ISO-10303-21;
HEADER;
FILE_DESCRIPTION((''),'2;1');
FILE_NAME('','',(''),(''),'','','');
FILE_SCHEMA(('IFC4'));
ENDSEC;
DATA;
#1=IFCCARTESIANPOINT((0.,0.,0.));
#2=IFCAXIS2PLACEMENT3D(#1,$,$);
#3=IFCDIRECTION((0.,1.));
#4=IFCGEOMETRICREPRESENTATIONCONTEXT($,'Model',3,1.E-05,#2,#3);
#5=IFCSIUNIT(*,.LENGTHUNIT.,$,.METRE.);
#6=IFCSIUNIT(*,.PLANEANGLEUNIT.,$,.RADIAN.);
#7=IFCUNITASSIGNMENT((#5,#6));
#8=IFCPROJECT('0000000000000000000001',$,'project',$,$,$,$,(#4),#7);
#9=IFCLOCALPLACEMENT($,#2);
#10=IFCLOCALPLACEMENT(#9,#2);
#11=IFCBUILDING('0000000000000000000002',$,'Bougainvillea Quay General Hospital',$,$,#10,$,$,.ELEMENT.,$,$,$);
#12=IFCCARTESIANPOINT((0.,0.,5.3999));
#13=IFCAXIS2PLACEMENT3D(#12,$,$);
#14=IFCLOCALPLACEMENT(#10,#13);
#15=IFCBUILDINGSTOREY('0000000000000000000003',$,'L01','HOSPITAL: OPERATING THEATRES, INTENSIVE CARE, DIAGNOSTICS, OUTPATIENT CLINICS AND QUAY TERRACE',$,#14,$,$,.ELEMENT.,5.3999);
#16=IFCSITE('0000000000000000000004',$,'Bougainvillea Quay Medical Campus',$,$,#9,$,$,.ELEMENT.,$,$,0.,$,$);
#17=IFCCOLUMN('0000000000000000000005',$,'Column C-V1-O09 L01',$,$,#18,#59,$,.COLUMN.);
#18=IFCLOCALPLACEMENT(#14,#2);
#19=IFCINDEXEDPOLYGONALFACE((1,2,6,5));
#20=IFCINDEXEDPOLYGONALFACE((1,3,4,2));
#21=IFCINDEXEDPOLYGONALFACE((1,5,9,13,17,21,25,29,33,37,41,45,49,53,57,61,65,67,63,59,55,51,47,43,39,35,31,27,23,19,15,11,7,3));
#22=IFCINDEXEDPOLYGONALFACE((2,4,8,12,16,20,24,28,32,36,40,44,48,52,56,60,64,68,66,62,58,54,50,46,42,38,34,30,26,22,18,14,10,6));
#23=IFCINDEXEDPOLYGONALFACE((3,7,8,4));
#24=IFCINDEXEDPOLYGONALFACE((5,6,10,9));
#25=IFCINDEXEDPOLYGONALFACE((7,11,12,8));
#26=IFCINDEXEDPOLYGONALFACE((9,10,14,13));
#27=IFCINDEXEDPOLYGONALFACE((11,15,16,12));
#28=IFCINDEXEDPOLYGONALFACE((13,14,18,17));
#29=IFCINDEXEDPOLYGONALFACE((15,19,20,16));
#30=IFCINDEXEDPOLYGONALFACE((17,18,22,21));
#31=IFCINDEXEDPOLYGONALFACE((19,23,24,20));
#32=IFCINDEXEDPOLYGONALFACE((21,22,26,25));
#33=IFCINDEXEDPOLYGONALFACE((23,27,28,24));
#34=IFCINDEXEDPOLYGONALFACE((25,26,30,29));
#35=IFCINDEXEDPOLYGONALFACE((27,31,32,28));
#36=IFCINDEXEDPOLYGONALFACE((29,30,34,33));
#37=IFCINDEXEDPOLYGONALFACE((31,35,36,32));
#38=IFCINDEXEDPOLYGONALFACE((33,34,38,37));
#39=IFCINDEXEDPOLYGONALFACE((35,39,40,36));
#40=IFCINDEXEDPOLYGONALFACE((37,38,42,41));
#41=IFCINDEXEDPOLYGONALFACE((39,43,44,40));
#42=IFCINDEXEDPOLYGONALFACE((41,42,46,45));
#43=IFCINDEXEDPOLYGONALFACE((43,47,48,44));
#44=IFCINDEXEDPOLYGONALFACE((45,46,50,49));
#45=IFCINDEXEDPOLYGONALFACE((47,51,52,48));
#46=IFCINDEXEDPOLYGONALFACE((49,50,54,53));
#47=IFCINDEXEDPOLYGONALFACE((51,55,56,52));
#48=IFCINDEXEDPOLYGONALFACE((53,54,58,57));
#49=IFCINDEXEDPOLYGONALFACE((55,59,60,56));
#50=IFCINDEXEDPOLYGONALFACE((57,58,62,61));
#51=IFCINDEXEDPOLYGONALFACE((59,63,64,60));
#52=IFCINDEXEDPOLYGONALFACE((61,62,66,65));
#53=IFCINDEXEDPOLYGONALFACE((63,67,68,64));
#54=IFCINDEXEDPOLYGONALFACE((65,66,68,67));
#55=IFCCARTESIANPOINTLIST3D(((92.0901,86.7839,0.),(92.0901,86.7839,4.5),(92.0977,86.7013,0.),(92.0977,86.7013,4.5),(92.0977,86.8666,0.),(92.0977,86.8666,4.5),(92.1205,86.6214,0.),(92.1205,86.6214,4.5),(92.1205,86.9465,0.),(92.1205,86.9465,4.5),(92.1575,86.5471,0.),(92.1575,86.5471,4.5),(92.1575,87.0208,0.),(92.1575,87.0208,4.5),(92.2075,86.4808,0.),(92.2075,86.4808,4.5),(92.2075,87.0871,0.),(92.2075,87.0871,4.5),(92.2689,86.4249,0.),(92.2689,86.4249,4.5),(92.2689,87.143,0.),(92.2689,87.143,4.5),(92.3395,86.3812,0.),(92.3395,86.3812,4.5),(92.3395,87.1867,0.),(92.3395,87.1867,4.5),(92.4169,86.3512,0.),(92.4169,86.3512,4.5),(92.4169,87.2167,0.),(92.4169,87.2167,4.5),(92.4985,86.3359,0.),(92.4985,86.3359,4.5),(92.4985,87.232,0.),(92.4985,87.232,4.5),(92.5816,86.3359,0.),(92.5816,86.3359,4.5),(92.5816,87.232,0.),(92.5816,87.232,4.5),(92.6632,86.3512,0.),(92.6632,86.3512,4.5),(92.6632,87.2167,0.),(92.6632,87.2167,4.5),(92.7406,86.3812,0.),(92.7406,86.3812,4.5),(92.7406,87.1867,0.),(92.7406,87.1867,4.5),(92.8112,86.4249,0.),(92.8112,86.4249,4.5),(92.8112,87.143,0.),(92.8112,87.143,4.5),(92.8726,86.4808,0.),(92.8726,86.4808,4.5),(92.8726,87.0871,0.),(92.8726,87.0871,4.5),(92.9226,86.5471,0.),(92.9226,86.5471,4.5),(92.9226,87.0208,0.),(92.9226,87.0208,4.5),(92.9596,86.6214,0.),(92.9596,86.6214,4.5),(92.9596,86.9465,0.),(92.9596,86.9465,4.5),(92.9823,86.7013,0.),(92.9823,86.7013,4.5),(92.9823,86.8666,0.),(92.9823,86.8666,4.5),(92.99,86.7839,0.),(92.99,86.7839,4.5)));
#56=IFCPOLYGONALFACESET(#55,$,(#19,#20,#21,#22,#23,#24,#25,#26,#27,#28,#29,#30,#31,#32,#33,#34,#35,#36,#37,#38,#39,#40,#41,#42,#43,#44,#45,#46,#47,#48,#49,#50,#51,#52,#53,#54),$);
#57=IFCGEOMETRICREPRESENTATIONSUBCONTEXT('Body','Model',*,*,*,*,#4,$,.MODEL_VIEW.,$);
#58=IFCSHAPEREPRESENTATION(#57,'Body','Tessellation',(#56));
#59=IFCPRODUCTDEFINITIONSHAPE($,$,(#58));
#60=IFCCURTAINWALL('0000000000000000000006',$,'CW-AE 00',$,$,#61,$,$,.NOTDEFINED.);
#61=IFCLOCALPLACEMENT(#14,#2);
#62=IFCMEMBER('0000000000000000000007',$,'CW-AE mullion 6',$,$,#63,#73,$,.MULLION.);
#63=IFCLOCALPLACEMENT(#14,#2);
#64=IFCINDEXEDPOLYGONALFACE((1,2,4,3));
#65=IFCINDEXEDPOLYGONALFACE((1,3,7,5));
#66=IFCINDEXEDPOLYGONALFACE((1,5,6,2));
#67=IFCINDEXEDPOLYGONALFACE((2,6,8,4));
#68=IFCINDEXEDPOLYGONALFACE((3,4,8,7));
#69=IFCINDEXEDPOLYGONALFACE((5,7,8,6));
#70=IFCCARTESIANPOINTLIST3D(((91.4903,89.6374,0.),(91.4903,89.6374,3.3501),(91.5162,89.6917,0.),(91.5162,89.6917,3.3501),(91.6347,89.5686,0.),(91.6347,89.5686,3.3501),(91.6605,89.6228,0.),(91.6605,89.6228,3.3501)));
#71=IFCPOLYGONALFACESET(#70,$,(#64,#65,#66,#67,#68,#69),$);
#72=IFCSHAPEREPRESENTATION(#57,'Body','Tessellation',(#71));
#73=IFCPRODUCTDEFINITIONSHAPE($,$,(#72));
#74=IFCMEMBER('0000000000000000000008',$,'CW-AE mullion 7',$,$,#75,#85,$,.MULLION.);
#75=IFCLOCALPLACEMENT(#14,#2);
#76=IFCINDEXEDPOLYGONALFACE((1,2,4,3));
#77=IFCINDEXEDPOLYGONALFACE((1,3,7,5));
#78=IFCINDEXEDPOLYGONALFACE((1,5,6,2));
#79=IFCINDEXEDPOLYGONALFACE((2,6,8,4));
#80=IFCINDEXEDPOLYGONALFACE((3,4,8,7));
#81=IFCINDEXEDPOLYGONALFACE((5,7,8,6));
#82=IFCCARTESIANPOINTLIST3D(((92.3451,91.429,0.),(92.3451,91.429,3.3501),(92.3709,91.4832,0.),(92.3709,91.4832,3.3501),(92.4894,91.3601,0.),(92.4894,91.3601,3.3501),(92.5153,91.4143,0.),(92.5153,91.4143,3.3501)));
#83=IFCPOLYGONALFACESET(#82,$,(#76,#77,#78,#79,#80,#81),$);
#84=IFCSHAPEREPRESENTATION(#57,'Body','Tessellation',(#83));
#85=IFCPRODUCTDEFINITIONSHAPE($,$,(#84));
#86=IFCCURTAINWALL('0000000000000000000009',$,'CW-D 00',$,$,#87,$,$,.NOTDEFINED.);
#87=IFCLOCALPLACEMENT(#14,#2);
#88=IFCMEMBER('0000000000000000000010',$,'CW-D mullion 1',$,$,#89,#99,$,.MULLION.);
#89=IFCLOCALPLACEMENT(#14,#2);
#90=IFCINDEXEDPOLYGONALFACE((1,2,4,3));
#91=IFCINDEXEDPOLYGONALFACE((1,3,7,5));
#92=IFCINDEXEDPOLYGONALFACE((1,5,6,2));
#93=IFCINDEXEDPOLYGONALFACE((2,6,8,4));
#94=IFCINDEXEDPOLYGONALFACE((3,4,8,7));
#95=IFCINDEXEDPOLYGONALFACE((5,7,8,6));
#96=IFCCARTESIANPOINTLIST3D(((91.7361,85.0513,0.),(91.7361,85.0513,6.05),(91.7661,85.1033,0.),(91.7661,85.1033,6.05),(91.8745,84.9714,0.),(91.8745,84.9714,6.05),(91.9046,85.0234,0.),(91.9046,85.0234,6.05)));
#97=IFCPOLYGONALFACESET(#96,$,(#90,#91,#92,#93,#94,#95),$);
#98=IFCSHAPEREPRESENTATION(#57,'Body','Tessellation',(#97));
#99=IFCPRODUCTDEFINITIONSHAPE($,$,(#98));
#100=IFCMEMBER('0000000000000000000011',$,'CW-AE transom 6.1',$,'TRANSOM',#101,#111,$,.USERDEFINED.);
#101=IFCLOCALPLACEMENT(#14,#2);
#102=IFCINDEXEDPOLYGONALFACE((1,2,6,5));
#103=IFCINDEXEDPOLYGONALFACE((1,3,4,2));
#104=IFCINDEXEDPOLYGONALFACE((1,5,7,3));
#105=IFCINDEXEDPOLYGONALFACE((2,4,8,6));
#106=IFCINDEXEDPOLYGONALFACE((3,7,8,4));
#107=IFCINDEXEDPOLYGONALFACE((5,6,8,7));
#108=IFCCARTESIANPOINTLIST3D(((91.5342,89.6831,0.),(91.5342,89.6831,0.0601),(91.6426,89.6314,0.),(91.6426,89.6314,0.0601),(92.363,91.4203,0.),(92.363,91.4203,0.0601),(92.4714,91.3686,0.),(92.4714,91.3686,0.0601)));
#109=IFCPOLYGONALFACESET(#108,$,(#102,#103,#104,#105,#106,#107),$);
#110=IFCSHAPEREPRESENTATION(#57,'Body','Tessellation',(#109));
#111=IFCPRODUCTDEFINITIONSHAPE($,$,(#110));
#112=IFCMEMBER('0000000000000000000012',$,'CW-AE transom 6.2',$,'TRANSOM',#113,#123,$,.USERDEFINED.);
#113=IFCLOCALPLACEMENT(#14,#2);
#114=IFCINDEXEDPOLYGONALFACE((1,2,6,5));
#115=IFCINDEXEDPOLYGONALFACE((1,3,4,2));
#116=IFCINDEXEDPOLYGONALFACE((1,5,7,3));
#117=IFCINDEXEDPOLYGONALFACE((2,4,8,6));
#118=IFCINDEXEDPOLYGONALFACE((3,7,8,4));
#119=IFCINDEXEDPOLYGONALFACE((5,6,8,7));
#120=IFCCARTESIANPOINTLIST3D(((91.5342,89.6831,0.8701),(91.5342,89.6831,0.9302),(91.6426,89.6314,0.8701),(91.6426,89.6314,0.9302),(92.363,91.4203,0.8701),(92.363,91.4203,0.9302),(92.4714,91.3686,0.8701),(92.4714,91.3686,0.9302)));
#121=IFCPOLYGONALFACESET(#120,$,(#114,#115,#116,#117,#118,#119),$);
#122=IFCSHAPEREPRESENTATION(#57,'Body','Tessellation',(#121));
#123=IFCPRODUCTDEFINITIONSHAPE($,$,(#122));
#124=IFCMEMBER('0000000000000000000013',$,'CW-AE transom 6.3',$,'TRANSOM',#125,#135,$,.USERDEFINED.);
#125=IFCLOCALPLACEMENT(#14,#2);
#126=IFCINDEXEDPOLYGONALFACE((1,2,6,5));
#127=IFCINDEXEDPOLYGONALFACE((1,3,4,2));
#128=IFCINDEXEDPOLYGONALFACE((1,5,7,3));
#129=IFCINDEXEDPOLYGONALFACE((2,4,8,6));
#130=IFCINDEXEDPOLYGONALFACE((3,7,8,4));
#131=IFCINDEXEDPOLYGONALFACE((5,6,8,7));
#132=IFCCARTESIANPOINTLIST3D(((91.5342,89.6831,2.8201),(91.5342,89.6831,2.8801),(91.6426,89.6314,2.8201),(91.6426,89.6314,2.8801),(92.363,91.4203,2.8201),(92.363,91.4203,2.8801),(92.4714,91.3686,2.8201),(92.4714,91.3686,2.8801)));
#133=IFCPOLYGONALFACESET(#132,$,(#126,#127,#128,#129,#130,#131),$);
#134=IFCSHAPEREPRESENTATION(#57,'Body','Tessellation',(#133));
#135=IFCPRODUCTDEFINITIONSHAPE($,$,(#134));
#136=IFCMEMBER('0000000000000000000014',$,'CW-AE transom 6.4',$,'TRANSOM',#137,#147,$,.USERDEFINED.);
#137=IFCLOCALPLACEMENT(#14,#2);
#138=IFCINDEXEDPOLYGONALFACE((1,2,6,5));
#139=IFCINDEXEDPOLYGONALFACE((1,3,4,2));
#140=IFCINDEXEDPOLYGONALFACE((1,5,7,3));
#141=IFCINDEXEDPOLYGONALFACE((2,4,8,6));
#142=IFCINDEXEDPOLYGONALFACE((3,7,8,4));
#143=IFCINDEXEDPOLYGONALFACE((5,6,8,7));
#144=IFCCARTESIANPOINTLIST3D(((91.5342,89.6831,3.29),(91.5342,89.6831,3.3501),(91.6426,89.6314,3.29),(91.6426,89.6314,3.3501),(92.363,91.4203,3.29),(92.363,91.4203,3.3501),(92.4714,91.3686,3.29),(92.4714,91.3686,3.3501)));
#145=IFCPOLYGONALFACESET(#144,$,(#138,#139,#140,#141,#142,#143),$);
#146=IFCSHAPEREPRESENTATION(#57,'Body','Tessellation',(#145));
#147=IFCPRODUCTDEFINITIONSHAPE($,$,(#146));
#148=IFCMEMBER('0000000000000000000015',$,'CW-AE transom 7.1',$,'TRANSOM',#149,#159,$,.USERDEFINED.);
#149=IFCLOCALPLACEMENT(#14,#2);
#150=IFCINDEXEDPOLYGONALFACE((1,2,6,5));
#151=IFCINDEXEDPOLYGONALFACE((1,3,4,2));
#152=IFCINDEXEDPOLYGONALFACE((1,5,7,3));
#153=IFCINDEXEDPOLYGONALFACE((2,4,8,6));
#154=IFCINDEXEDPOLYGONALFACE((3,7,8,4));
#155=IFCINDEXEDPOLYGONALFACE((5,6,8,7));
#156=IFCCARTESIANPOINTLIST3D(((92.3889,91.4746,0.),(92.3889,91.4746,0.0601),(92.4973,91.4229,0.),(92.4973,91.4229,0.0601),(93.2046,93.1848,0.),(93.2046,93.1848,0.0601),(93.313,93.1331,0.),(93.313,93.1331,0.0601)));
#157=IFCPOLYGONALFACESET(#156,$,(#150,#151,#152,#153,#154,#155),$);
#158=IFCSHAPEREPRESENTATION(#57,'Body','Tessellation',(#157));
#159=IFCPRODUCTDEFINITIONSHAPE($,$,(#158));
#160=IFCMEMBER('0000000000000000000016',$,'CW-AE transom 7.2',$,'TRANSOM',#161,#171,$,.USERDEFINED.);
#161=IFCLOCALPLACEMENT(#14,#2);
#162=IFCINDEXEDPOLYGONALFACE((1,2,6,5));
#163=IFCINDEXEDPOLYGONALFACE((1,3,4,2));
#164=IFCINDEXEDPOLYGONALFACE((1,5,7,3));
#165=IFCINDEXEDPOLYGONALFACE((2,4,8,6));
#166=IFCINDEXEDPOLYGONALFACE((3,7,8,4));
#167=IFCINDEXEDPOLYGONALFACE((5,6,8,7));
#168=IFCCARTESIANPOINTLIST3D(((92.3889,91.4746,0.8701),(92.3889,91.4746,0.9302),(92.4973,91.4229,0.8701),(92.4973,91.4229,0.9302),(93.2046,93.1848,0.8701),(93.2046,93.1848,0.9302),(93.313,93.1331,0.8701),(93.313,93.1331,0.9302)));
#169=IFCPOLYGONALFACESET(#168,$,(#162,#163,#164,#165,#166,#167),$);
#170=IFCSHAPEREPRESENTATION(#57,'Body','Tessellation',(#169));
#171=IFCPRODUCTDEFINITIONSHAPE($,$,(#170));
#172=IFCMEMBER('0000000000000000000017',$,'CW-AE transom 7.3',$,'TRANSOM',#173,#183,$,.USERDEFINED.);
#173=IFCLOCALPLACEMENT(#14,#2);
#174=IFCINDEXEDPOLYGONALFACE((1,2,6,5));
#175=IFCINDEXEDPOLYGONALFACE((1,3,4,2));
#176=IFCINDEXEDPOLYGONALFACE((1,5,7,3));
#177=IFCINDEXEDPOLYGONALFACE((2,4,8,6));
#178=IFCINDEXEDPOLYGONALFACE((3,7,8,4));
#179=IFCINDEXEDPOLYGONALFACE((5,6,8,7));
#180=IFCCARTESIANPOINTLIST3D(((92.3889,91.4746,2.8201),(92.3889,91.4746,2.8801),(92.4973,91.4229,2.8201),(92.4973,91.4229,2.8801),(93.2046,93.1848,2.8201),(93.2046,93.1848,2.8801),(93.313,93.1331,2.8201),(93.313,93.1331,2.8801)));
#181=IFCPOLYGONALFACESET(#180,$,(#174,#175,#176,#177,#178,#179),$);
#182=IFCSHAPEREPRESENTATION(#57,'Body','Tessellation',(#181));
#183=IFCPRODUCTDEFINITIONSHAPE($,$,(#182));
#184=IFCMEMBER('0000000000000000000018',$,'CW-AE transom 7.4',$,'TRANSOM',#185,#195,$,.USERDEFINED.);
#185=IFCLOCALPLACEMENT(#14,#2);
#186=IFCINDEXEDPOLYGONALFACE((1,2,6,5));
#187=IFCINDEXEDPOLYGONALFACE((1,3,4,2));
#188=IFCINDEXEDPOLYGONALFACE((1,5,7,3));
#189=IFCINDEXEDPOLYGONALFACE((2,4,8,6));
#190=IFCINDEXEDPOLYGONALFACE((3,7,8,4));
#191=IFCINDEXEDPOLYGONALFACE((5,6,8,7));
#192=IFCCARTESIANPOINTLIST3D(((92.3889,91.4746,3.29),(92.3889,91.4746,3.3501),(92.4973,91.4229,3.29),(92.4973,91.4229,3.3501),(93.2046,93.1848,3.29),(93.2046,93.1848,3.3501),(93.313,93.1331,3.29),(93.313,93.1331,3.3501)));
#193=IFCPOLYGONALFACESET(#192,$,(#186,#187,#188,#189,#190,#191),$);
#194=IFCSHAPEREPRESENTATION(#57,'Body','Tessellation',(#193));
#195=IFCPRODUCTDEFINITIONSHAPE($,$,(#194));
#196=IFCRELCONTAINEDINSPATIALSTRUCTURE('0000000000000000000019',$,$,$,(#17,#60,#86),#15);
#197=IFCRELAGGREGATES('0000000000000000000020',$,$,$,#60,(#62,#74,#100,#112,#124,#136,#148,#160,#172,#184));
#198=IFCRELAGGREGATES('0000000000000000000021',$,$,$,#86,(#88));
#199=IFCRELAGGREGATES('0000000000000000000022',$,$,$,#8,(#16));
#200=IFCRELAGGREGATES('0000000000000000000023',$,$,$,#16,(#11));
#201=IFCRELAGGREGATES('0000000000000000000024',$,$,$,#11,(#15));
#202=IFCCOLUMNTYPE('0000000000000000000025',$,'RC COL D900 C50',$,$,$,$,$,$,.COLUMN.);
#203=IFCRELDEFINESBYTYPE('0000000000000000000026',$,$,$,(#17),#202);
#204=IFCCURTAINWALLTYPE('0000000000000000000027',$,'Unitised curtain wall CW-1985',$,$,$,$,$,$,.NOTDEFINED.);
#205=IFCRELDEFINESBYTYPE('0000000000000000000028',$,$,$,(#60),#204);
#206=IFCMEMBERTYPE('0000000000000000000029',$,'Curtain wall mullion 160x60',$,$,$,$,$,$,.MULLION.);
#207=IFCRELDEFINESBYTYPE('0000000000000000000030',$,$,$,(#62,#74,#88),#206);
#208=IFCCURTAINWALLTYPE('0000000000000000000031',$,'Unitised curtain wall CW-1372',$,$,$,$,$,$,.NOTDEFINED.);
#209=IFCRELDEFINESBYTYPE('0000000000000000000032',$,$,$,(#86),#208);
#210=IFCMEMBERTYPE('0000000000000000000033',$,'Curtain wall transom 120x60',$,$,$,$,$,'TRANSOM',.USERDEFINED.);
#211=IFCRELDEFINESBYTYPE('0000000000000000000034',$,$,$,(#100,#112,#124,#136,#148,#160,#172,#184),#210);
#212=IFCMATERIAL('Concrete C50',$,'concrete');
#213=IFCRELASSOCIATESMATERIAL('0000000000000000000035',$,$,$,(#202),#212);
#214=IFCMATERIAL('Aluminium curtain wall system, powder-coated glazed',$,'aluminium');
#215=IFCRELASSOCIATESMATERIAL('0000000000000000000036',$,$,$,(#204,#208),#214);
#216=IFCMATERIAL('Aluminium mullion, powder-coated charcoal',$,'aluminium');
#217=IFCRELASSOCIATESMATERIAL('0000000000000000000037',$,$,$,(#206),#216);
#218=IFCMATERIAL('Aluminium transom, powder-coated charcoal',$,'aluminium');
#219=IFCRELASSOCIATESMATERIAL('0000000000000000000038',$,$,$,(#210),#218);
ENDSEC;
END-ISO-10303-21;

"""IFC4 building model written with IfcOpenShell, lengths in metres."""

from ifc_helpers import new_model, si_unit, direction, frame, origin, origin_2d, place, context, subcontext, project, spatial, rectangle, circle, extrude, material, material_profile, profile_set, type_object, element, aggregate, save


model = new_model("IFC4")

# Units and contexts
model_context = context("Model", 3, precision=1e-05, world=origin(), true_north=direction((0.0, 1.0)))
body_context = subcontext(model_context, "Body", "Model", "MODEL_VIEW")
ifc_project = project(units=[si_unit("LENGTHUNIT", "METRE"), si_unit("PLANEANGLEUNIT", "RADIAN")], contexts=[model_context])

# Site, building, storey
site_placement = place(None, origin())
site = spatial("IfcSite", under=ifc_project, at=site_placement, Name="Bougainvillea Quay Medical Campus", CompositionType="ELEMENT", RefElevation=0.0)
building_placement = place(site_placement, origin())
building = spatial("IfcBuilding", under=site, at=building_placement, Name="Bougainvillea Quay General Hospital", CompositionType="ELEMENT")
storey_placement = place(building_placement, frame((0.0, 0.0, 5.3999)))
storey = spatial("IfcBuildingStorey", under=building, at=storey_placement, Name="L01", Description="HOSPITAL: OPERATING THEATRES, INTENSIVE CARE, DIAGNOSTICS, OUTPATIENT CLINICS AND QUAY TERRACE", CompositionType="ELEMENT", Elevation=5.3999)

# Column
ifc_material_1 = material(Name="Concrete C50", Category="concrete")
ifc_material_profile_1 = material_profile(ifc_material_1, circle(Radius=0.45, at=origin_2d()))
ifc_profile_set_1 = profile_set([ifc_material_profile_1], Name="Concrete C50")
column_type = type_object("IfcColumnType", Name="RC COL D900 C50", PredefinedType="COLUMN", material=ifc_profile_set_1)
column_placement = place(storey_placement, frame((92.54, 86.7839, 0.0), z_axis=(0.0, 0.0, 1.0), x_axis=(1.0, 0.0, 0.0)))
element("IfcColumn", 1, at=column_placement, inside=storey, type_object=column_type, Name="Column C-V1-O09 L01", PredefinedType="COLUMN", context=body_context, shape_type="SweptSolid", body=[
    extrude(circle(Radius=0.45, at=origin_2d()), origin(), (0.0, 0.0, 1.0), 4.5),
])

# Curtain wall, members
ifc_material_2 = material(Name="Aluminium curtain wall system, powder-coated glazed", Category="aluminium")
curtain_wall_type_1 = type_object("IfcCurtainWallType", Name="Unitised curtain wall CW-1985", PredefinedType="NOTDEFINED", material=ifc_material_2)
curtain_wall_1_placement = place(storey_placement, origin())
curtain_wall_1 = element("IfcCurtainWall", 2, at=curtain_wall_1_placement, inside=storey, type_object=curtain_wall_type_1, Name="CW-AE 00", PredefinedType="NOTDEFINED")
ifc_material_3 = material(Name="Aluminium mullion, powder-coated charcoal", Category="aluminium")
ifc_material_profile_2 = material_profile(ifc_material_3, rectangle(XDim=0.1599, YDim=0.0601, at=origin_2d()))
ifc_profile_set_2 = profile_set([ifc_material_profile_2], Name="Aluminium mullion, powder-coated charcoal")
member_type_1 = type_object("IfcMemberType", Name="Curtain wall mullion 160x60", PredefinedType="MULLION", material=ifc_profile_set_2)
member_1_placement = place(storey_placement, frame((91.5754, 89.6301, 0.0), z_axis=(0.0, 0.0, 1.0), x_axis=(-0.902561, 0.430563, 0.0)))
member_1 = element("IfcMember", 3, at=member_1_placement, type_object=member_type_1, Name="CW-AE mullion 6", PredefinedType="MULLION", context=body_context, shape_type="SweptSolid", body=[
    extrude(rectangle(XDim=0.1599, YDim=0.0601, at=origin_2d()), origin(), (0.0, 0.0, 1.0), 3.3501),
])
member_2_placement = place(storey_placement, frame((92.4302, 91.4216, 0.0), z_axis=(0.0, 0.0, 1.0), x_axis=(-0.902561, 0.430563, 0.0)))
member_2 = element("IfcMember", 4, at=member_2_placement, type_object=member_type_1, Name="CW-AE mullion 7", PredefinedType="MULLION", context=body_context, shape_type="SweptSolid", body=[
    extrude(rectangle(XDim=0.1599, YDim=0.0601, at=origin_2d()), origin(), (0.0, 0.0, 1.0), 3.3501),
])

# Curtain wall, member
curtain_wall_type_2 = type_object("IfcCurtainWallType", Name="Unitised curtain wall CW-1372", PredefinedType="NOTDEFINED", material=ifc_material_2)
curtain_wall_2_placement = place(storey_placement, origin())
curtain_wall_2 = element("IfcCurtainWall", 5, at=curtain_wall_2_placement, inside=storey, type_object=curtain_wall_type_2, Name="CW-D 00", PredefinedType="NOTDEFINED")
member_3_placement = place(storey_placement, frame((91.8203, 85.0374, 0.0), z_axis=(0.0, 0.0, 1.0), x_axis=(0.866048, -0.499962, 0.0)))
member_3 = element("IfcMember", 6, at=member_3_placement, type_object=member_type_1, Name="CW-D mullion 1", PredefinedType="MULLION", context=body_context, shape_type="SweptSolid", body=[
    extrude(rectangle(XDim=0.1599, YDim=0.0601, at=origin_2d()), origin(), (0.0, 0.0, 1.0), 6.05),
])

# Members
ifc_material_4 = material(Name="Aluminium transom, powder-coated charcoal", Category="aluminium")
ifc_material_profile_3 = material_profile(ifc_material_4, rectangle(XDim=0.1201, YDim=0.0601, at=origin_2d()))
ifc_profile_set_3 = profile_set([ifc_material_profile_3], Name="Aluminium transom, powder-coated charcoal")
member_type_2 = type_object("IfcMemberType", Name="Curtain wall transom 120x60", ElementType="TRANSOM", PredefinedType="USERDEFINED", material=ifc_profile_set_3)
member_4_placement = place(storey_placement, frame((91.5884, 89.6572, 0.03), z_axis=(0.430598, 0.902544, 0.0), x_axis=(-0.902544, 0.430598, 0.0)))
member_4 = element("IfcMember", 7, at=member_4_placement, type_object=member_type_2, Name="CW-AE transom 6.1", ObjectType="TRANSOM", PredefinedType="USERDEFINED", context=body_context, shape_type="SweptSolid", body=[
    extrude(rectangle(XDim=0.1201, YDim=0.0601, at=origin_2d()), origin(), (0.0, 0.0, 1.0), 1.9248),
])
member_5_placement = place(storey_placement, frame((91.5884, 89.6572, 0.9001), z_axis=(0.430598, 0.902544, 0.0), x_axis=(-0.902544, 0.430598, 0.0)))
member_5 = element("IfcMember", 8, at=member_5_placement, type_object=member_type_2, Name="CW-AE transom 6.2", ObjectType="TRANSOM", PredefinedType="USERDEFINED", context=body_context, shape_type="SweptSolid", body=[
    extrude(rectangle(XDim=0.1201, YDim=0.0601, at=origin_2d()), origin(), (0.0, 0.0, 1.0), 1.9248),
])
member_6_placement = place(storey_placement, frame((91.5884, 89.6572, 2.8501), z_axis=(0.430598, 0.902544, 0.0), x_axis=(-0.902544, 0.430598, 0.0)))
member_6 = element("IfcMember", 9, at=member_6_placement, type_object=member_type_2, Name="CW-AE transom 6.3", ObjectType="TRANSOM", PredefinedType="USERDEFINED", context=body_context, shape_type="SweptSolid", body=[
    extrude(rectangle(XDim=0.1201, YDim=0.0601, at=origin_2d()), origin(), (0.0, 0.0, 1.0), 1.9248),
])
member_7_placement = place(storey_placement, frame((91.5884, 89.6572, 3.3201), z_axis=(0.430598, 0.902544, 0.0), x_axis=(-0.902544, 0.430598, 0.0)))
member_7 = element("IfcMember", 10, at=member_7_placement, type_object=member_type_2, Name="CW-AE transom 6.4", ObjectType="TRANSOM", PredefinedType="USERDEFINED", context=body_context, shape_type="SweptSolid", body=[
    extrude(rectangle(XDim=0.1201, YDim=0.0601, at=origin_2d()), origin(), (0.0, 0.0, 1.0), 1.9248),
])
member_8_placement = place(storey_placement, frame((92.4431, 91.4487, 0.03), z_axis=(0.430489, 0.902596, 0.0), x_axis=(-0.902596, 0.430489, 0.0)))
member_8 = element("IfcMember", 11, at=member_8_placement, type_object=member_type_2, Name="CW-AE transom 7.1", ObjectType="TRANSOM", PredefinedType="USERDEFINED", context=body_context, shape_type="SweptSolid", body=[
    extrude(rectangle(XDim=0.1201, YDim=0.0601, at=origin_2d()), origin(), (0.0, 0.0, 1.0), 1.8948),
])
member_9_placement = place(storey_placement, frame((92.4431, 91.4487, 0.9001), z_axis=(0.430489, 0.902596, 0.0), x_axis=(-0.902596, 0.430489, 0.0)))
member_9 = element("IfcMember", 12, at=member_9_placement, type_object=member_type_2, Name="CW-AE transom 7.2", ObjectType="TRANSOM", PredefinedType="USERDEFINED", context=body_context, shape_type="SweptSolid", body=[
    extrude(rectangle(XDim=0.1201, YDim=0.0601, at=origin_2d()), origin(), (0.0, 0.0, 1.0), 1.8948),
])
member_10_placement = place(storey_placement, frame((92.4431, 91.4487, 2.8501), z_axis=(0.430489, 0.902596, 0.0), x_axis=(-0.902596, 0.430489, 0.0)))
member_10 = element("IfcMember", 13, at=member_10_placement, type_object=member_type_2, Name="CW-AE transom 7.3", ObjectType="TRANSOM", PredefinedType="USERDEFINED", context=body_context, shape_type="SweptSolid", body=[
    extrude(rectangle(XDim=0.1201, YDim=0.0601, at=origin_2d()), origin(), (0.0, 0.0, 1.0), 1.8948),
])
member_11_placement = place(storey_placement, frame((92.4431, 91.4487, 3.3201), z_axis=(0.430489, 0.902596, 0.0), x_axis=(-0.902596, 0.430489, 0.0)))
member_11 = element("IfcMember", 14, at=member_11_placement, type_object=member_type_2, Name="CW-AE transom 7.4", ObjectType="TRANSOM", PredefinedType="USERDEFINED", context=body_context, shape_type="SweptSolid", body=[
    extrude(rectangle(XDim=0.1201, YDim=0.0601, at=origin_2d()), origin(), (0.0, 0.0, 1.0), 1.8948),
])

aggregate(curtain_wall_1, [member_1, member_2, member_4, member_5, member_6, member_7, member_8, member_9, member_10, member_11])
aggregate(curtain_wall_2, [member_3])

save(model, "model.ifc")
